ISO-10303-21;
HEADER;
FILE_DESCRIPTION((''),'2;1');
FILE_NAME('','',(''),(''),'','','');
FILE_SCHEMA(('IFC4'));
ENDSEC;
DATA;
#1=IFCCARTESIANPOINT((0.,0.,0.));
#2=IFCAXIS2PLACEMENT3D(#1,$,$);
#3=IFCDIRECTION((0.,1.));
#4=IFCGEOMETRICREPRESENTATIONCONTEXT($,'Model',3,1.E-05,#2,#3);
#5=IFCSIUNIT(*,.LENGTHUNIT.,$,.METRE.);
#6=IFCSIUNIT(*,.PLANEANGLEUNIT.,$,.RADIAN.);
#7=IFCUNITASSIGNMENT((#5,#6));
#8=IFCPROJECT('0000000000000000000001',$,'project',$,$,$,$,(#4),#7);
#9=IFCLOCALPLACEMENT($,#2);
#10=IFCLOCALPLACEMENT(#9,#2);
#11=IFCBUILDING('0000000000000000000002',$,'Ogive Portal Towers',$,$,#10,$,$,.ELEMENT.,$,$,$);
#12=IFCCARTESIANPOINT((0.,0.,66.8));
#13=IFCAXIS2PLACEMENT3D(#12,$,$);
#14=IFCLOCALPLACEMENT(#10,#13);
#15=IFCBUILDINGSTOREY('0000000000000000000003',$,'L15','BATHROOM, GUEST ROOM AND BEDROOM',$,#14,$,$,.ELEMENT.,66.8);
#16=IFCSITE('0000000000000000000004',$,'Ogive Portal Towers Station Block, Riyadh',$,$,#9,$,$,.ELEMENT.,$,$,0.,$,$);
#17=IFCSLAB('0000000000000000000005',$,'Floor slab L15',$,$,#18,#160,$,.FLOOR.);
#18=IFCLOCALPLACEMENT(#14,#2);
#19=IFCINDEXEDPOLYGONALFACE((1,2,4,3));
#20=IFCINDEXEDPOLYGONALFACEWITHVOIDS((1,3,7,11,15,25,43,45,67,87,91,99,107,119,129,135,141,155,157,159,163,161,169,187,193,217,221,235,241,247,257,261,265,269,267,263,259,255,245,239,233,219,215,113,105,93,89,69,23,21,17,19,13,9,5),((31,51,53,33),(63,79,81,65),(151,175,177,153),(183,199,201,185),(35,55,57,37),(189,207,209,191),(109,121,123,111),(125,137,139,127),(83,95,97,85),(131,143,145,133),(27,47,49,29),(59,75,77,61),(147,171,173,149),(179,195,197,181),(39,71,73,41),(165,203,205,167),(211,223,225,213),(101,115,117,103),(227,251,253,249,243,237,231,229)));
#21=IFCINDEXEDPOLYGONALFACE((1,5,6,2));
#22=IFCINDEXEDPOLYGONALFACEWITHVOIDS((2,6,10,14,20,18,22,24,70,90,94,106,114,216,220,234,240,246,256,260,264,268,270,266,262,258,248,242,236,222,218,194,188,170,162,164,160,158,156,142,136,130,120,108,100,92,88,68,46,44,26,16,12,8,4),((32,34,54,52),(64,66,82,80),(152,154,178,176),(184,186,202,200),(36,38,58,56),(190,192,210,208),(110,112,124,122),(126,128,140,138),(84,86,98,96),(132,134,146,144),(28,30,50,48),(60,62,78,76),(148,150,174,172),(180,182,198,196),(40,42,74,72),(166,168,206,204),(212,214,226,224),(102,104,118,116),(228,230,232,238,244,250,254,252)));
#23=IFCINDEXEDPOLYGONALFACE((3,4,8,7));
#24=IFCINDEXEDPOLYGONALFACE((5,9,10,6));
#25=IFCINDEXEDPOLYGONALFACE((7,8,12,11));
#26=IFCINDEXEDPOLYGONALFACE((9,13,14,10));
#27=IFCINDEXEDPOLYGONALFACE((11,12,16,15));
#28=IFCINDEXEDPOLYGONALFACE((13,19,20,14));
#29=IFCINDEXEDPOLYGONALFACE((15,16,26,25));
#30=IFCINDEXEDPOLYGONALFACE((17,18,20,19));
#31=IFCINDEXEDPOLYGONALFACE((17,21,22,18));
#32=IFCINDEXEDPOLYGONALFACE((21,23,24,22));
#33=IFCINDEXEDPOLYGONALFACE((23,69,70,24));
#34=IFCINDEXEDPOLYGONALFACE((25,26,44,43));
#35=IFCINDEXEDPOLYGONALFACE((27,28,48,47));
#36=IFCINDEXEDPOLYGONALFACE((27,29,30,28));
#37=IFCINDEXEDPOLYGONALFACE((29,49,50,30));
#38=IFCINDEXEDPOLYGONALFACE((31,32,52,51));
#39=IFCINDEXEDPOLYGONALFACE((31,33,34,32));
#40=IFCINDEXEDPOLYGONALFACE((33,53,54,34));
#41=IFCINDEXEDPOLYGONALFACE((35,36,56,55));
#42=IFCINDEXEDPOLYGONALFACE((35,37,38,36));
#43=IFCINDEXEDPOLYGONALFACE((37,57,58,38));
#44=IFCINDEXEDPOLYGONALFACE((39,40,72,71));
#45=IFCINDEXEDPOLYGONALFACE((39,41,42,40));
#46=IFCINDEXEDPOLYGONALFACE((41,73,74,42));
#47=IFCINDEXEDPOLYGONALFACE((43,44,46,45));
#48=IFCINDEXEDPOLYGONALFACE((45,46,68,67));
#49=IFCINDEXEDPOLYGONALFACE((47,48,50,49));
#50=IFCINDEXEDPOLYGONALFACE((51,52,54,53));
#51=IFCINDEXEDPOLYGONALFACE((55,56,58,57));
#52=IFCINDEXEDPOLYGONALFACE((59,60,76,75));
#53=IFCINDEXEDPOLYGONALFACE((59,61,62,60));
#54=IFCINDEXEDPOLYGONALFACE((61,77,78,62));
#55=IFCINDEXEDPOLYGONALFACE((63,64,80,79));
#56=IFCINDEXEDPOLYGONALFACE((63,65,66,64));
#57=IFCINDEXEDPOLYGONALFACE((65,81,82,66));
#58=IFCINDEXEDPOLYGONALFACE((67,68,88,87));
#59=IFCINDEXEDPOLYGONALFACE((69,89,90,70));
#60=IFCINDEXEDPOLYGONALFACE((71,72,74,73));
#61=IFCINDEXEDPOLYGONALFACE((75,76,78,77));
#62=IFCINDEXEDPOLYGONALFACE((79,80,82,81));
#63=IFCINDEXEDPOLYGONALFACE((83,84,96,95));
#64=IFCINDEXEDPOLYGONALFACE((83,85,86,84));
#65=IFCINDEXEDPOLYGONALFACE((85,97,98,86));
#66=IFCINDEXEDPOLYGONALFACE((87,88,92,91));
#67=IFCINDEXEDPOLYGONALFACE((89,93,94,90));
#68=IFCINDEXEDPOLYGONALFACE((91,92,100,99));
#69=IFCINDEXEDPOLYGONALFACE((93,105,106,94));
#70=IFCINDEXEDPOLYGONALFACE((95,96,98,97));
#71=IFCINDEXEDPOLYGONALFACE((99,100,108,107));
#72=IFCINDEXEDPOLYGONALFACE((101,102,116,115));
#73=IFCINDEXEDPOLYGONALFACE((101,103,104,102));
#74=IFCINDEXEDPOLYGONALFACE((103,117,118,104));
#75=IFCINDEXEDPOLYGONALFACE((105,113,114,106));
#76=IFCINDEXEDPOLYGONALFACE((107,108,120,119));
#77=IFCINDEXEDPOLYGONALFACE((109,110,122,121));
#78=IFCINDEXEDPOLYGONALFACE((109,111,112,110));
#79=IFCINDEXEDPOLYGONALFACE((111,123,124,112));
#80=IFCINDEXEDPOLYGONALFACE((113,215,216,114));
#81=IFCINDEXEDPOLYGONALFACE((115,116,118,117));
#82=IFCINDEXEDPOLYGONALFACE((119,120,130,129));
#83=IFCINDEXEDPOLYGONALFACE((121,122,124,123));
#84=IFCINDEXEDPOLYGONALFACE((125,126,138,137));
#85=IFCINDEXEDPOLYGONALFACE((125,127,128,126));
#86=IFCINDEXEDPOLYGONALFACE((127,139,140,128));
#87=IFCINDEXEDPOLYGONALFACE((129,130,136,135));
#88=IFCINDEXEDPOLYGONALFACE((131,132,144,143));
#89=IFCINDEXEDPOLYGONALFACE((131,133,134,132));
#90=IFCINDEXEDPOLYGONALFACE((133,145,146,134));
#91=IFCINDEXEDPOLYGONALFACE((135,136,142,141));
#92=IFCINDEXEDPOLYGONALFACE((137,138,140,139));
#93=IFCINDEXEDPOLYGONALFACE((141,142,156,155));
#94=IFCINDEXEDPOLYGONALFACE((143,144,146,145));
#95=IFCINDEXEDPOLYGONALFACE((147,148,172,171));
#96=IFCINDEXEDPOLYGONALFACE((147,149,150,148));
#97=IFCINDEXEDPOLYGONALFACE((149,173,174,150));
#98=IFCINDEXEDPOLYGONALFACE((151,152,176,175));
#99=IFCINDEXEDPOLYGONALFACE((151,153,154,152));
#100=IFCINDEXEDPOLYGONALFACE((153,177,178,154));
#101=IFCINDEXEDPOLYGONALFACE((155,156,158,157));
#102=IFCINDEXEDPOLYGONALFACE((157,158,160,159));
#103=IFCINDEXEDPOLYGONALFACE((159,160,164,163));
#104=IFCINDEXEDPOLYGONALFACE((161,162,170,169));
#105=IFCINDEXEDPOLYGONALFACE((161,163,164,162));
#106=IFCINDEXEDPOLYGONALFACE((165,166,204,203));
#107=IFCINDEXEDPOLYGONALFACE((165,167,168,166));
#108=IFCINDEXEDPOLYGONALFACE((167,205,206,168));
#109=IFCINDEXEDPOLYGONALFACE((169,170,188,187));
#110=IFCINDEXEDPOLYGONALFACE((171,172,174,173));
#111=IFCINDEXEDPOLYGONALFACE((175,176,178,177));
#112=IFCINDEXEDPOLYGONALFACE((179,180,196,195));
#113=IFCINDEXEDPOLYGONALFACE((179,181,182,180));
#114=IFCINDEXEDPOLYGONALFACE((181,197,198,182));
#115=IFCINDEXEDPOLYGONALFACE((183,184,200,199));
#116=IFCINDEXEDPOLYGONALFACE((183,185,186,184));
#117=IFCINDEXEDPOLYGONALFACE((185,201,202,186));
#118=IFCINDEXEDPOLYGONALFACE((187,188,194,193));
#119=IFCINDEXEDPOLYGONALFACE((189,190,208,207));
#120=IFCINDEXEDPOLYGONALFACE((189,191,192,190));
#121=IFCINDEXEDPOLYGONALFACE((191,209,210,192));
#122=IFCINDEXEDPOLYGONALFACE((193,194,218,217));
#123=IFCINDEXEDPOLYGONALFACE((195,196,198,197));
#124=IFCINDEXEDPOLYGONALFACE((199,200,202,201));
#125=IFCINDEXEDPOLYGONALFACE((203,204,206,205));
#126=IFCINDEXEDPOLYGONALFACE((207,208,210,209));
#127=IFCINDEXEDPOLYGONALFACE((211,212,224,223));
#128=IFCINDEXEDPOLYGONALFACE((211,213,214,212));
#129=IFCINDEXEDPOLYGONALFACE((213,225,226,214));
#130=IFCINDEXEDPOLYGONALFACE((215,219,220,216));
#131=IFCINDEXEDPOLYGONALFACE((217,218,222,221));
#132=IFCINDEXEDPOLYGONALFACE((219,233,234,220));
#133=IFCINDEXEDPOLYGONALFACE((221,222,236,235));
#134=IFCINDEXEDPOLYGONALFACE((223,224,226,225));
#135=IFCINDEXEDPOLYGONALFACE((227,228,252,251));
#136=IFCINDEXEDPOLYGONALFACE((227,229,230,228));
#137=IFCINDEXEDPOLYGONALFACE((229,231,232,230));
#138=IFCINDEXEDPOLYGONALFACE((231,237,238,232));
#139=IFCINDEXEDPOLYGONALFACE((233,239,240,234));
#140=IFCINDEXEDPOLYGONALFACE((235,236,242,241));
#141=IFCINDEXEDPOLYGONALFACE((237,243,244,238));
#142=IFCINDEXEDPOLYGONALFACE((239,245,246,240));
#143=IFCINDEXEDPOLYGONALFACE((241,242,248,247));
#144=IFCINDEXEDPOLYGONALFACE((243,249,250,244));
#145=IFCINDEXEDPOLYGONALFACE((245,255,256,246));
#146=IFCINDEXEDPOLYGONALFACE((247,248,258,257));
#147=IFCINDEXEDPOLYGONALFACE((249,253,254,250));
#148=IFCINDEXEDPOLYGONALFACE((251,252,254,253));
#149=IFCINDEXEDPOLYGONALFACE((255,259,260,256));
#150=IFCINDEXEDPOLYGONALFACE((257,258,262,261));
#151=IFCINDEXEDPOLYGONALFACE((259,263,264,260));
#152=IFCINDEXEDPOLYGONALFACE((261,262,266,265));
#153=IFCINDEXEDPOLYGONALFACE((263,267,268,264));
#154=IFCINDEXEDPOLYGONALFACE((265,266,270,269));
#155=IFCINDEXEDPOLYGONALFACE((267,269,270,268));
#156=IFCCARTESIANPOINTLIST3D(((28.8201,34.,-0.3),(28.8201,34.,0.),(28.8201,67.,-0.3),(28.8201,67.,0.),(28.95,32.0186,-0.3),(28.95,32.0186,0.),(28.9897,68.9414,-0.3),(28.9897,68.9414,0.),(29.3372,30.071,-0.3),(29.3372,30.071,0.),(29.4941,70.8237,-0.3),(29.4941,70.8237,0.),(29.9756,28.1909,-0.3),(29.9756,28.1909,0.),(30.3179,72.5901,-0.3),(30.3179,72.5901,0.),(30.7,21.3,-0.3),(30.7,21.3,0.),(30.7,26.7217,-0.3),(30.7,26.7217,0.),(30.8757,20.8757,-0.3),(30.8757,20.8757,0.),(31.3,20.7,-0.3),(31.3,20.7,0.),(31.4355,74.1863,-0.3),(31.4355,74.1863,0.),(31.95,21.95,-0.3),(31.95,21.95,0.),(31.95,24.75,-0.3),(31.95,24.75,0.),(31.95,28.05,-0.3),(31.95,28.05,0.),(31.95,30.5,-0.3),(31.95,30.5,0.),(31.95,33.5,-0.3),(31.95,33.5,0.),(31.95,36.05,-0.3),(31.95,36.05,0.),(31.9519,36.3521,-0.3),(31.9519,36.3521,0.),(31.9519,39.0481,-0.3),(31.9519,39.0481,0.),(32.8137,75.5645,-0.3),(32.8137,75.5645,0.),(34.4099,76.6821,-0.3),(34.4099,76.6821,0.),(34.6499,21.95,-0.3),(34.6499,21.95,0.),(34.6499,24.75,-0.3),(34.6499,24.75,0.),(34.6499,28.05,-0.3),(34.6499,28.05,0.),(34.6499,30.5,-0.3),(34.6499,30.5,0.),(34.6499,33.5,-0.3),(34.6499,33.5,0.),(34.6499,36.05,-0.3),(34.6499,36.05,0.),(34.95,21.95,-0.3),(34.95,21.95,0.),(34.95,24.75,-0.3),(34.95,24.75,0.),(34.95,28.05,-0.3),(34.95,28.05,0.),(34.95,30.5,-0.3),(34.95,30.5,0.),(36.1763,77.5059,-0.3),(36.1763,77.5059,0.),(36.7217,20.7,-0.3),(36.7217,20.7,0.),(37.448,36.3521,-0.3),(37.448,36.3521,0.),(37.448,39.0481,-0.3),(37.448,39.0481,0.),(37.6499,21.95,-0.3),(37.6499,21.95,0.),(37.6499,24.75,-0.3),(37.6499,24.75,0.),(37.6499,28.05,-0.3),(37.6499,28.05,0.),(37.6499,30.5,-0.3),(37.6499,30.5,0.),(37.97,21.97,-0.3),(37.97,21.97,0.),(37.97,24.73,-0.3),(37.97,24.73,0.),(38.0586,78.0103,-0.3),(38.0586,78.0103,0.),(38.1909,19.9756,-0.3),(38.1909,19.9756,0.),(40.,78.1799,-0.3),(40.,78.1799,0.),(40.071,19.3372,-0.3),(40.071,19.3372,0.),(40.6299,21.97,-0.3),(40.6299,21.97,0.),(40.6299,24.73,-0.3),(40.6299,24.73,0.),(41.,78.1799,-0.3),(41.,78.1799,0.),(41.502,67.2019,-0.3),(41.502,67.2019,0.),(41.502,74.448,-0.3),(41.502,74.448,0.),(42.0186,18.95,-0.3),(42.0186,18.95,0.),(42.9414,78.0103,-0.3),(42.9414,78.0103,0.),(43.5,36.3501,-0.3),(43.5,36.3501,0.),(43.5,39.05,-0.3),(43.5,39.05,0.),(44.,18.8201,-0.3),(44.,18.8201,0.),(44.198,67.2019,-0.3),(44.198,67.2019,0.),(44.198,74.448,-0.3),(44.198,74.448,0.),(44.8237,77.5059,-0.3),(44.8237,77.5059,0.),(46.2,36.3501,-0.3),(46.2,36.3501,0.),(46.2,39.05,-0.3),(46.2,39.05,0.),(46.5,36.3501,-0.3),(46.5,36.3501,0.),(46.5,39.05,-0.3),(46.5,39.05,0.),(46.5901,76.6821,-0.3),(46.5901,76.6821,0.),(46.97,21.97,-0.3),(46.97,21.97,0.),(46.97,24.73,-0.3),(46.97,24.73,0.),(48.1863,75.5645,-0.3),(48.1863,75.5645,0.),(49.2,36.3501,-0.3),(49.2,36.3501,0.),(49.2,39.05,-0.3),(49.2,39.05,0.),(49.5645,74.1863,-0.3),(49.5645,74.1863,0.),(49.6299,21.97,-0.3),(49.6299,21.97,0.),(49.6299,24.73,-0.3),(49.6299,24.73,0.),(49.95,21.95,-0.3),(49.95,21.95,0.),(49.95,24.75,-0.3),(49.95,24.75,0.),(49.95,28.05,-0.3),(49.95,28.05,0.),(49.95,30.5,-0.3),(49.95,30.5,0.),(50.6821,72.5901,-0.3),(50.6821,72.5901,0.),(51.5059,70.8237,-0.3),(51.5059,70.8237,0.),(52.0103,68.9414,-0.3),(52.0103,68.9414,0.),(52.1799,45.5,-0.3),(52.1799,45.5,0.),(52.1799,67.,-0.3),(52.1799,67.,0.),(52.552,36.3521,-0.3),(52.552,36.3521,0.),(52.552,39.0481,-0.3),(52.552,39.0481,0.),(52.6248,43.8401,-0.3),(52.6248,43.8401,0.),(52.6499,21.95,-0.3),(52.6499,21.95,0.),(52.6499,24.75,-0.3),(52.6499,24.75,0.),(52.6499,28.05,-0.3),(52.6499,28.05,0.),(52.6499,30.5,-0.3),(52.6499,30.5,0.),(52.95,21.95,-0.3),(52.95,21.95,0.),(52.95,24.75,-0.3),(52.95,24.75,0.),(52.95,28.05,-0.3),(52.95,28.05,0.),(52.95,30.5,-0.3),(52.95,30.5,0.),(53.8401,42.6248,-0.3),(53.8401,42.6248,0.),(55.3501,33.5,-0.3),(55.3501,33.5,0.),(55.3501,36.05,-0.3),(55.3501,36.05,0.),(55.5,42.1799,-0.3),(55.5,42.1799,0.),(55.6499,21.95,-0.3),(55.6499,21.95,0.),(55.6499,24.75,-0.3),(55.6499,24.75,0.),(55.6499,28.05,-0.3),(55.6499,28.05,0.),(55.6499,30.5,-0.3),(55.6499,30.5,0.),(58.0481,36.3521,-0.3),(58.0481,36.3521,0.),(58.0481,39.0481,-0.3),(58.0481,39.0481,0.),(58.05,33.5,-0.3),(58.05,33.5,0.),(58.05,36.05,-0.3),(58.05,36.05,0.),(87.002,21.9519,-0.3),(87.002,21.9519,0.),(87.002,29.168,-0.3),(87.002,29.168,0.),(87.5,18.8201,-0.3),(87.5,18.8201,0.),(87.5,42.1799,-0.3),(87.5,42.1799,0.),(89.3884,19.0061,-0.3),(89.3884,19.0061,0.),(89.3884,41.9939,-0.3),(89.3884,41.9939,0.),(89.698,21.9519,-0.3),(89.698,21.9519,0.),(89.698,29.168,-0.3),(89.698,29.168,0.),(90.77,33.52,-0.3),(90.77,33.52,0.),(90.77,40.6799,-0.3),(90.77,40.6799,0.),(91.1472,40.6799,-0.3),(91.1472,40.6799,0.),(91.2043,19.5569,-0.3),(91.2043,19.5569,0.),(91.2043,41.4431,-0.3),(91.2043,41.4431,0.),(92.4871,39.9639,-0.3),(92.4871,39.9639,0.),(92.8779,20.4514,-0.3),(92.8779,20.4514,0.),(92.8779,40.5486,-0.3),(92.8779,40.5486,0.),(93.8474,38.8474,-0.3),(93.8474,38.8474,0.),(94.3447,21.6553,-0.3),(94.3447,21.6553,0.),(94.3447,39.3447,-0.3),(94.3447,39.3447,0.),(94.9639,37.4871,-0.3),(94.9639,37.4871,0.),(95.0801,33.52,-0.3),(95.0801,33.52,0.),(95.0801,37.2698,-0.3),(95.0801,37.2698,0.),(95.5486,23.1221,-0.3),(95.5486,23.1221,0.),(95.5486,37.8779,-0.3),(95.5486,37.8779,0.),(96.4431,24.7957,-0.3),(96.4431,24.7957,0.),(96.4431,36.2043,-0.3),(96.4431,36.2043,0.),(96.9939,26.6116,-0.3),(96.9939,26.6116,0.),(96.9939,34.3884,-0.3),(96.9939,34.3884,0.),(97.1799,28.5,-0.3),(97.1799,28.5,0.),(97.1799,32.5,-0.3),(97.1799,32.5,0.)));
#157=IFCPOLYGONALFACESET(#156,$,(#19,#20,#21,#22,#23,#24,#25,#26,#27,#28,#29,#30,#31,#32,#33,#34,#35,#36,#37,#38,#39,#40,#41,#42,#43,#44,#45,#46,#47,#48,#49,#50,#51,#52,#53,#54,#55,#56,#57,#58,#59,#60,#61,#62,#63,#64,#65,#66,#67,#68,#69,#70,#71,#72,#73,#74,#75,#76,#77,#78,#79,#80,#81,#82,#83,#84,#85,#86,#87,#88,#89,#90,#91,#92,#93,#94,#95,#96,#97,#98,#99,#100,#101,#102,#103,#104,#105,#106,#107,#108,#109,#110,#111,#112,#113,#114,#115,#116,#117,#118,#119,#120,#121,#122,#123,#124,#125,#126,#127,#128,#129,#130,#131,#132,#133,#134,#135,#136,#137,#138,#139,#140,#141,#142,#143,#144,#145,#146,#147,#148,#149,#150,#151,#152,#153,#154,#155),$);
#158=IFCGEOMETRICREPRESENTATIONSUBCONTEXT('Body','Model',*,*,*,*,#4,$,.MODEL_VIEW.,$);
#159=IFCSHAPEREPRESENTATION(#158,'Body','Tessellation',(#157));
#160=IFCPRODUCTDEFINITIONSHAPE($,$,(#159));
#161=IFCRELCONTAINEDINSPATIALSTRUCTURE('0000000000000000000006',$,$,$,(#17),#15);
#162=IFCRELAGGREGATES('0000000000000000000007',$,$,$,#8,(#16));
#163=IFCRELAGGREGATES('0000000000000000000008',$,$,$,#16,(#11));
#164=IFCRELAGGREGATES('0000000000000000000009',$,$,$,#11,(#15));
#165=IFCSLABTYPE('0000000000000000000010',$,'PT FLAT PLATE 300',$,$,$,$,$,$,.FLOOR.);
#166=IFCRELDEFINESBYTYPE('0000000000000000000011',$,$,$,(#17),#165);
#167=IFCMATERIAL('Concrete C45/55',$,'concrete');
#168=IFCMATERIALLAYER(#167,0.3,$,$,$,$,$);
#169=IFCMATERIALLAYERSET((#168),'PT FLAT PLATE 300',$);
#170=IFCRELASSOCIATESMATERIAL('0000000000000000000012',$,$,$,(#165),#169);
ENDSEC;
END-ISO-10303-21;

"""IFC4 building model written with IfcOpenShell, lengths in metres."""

from ifc_helpers import new_model, si_unit, direction, frame, origin, place, context, subcontext, project, spatial, polyline, outline, extrude, material, layer, layer_set, type_object, element, save


model = new_model("IFC4")

# Units and contexts
model_context = context("Model", 3, precision=1e-05, world=origin(), true_north=direction((0.0, 1.0)))
body_context = subcontext(model_context, "Body", "Model", "MODEL_VIEW")
ifc_project = project(units=[si_unit("LENGTHUNIT", "METRE"), si_unit("PLANEANGLEUNIT", "RADIAN")], contexts=[model_context])

# Site, building, storey
site_placement = place(None, origin())
site = spatial("IfcSite", under=ifc_project, at=site_placement, Name="Ogive Portal Towers Station Block, Riyadh", CompositionType="ELEMENT", RefElevation=0.0)
building_placement = place(site_placement, origin())
building = spatial("IfcBuilding", under=site, at=building_placement, Name="Ogive Portal Towers", CompositionType="ELEMENT")
storey_placement = place(building_placement, frame((0.0, 0.0, 66.8)))
storey = spatial("IfcBuildingStorey", under=building, at=storey_placement, Name="L15", Description="BATHROOM, GUEST ROOM AND BEDROOM", CompositionType="ELEMENT", Elevation=66.8)

# Slab
ifc_material_1 = material(Name="Concrete C45/55", Category="concrete")
ifc_layer_1 = layer(ifc_material_1, 0.3)
ifc_layer_set_1 = layer_set([ifc_layer_1], Name="PT FLAT PLATE 300")
slab_type_1 = type_object("IfcSlabType", Name="PT FLAT PLATE 300", PredefinedType="FLOOR", material=ifc_layer_set_1)
slab_1_placement = place(storey_placement, frame((0.0, 0.0, -0.3)))
element("IfcSlab", 1, at=slab_1_placement, inside=storey, type_object=slab_type_1, Name="Floor slab L15", PredefinedType="FLOOR", context=body_context, shape_type="SweptSolid", body=[
    extrude(outline(polyline([(29.3372, 30.071), (29.9756, 28.1909), (30.7, 26.7217), (30.7, 21.3), (30.8757, 20.8757), (31.3, 20.7), (36.7217, 20.7), (38.1909, 19.9756), (40.071, 19.3372), (42.0186, 18.95), (44.0, 18.8201), (87.5, 18.8201), (89.3884, 19.0061), (91.2043, 19.5569), (92.8779, 20.4514), (94.3447, 21.6553), (95.5486, 23.1221), (96.4431, 24.7957), (96.9939, 26.6116), (97.1799, 28.5), (97.1799, 32.5), (96.9939, 34.3884), (96.4431, 36.2043), (95.5486, 37.8779), (94.3447, 39.3447), (92.8779, 40.5486), (91.2043, 41.4431), (89.3884, 41.9939), (87.5, 42.1799), (55.5, 42.1799), (53.8401, 42.6248), (52.6248, 43.8401), (52.1799, 45.5), (52.1799, 67.0), (52.0103, 68.9414), (51.5059, 70.8237), (50.6821, 72.5901), (49.5645, 74.1863), (48.1863, 75.5645), (46.5901, 76.6821), (44.8237, 77.5059), (42.9414, 78.0103), (41.0, 78.1799), (40.0, 78.1799), (38.0586, 78.0103), (36.1763, 77.5059), (34.4099, 76.6821), (32.8137, 75.5645), (31.4355, 74.1863), (30.3179, 72.5901), (29.4941, 70.8237), (28.9897, 68.9414), (28.8201, 67.0), (28.8201, 34.0), (28.95, 32.0186), (29.3372, 30.071)]), holes=[polyline([(34.6499, 24.75), (34.6499, 21.95), (31.95, 21.95), (31.95, 24.75), (34.6499, 24.75)]), polyline([(37.6499, 24.75), (37.6499, 21.95), (34.95, 21.95), (34.95, 24.75), (37.6499, 24.75)]), polyline([(40.6299, 21.97), (37.97, 21.97), (37.97, 24.73), (40.6299, 24.73), (40.6299, 21.97)]), polyline([(46.97, 21.97), (46.97, 24.73), (49.6299, 24.73), (49.6299, 21.97), (46.97, 21.97)]), polyline([(34.6499, 28.05), (31.95, 28.05), (31.95, 30.5), (34.6499, 30.5), (34.6499, 28.05)]), polyline([(37.6499, 30.5), (37.6499, 28.05), (34.95, 28.05), (34.95, 30.5), (37.6499, 30.5)]), polyline([(34.6499, 36.05), (34.6499, 33.5), (31.95, 33.5), (31.95, 36.05), (34.6499, 36.05)]), polyline([(31.9519, 39.0481), (37.448, 39.0481), (37.448, 36.3521), (31.9519, 36.3521), (31.9519, 39.0481)]), polyline([(46.2, 36.3501), (43.5, 36.3501), (43.5, 39.05), (46.2, 39.05), (46.2, 36.3501)]), polyline([(49.2, 36.3501), (46.5, 36.3501), (46.5, 39.05), (49.2, 39.05), (49.2, 36.3501)]), polyline([(44.198, 74.448), (44.198, 67.2019), (41.502, 67.2019), (41.502, 74.448), (44.198, 74.448)]), polyline([(52.6499, 24.75), (52.6499, 21.95), (49.95, 21.95), (49.95, 24.75), (52.6499, 24.75)]), polyline([(55.6499, 21.95), (52.95, 21.95), (52.95, 24.75), (55.6499, 24.75), (55.6499, 21.95)]), polyline([(87.002, 29.168), (89.698, 29.168), (89.698, 21.9519), (87.002, 21.9519), (87.002, 29.168)]), polyline([(52.6499, 30.5), (52.6499, 28.05), (49.95, 28.05), (49.95, 30.5), (52.6499, 30.5)]), polyline([(55.6499, 28.05), (52.95, 28.05), (52.95, 30.5), (55.6499, 30.5), (55.6499, 28.05)]), polyline([(58.05, 36.05), (58.05, 33.5), (55.3501, 33.5), (55.3501, 36.05), (58.05, 36.05)]), polyline([(94.9639, 37.4871), (95.0801, 37.2698), (95.0801, 33.52), (90.77, 33.52), (90.77, 40.6799), (91.1472, 40.6799), (92.4871, 39.9639), (93.8474, 38.8474), (94.9639, 37.4871)]), polyline([(52.552, 36.3521), (52.552, 39.0481), (58.0481, 39.0481), (58.0481, 36.3521), (52.552, 36.3521)])]), origin(), (0.0, 0.0, 1.0), 0.3),
])

save(model, "model.ifc")
